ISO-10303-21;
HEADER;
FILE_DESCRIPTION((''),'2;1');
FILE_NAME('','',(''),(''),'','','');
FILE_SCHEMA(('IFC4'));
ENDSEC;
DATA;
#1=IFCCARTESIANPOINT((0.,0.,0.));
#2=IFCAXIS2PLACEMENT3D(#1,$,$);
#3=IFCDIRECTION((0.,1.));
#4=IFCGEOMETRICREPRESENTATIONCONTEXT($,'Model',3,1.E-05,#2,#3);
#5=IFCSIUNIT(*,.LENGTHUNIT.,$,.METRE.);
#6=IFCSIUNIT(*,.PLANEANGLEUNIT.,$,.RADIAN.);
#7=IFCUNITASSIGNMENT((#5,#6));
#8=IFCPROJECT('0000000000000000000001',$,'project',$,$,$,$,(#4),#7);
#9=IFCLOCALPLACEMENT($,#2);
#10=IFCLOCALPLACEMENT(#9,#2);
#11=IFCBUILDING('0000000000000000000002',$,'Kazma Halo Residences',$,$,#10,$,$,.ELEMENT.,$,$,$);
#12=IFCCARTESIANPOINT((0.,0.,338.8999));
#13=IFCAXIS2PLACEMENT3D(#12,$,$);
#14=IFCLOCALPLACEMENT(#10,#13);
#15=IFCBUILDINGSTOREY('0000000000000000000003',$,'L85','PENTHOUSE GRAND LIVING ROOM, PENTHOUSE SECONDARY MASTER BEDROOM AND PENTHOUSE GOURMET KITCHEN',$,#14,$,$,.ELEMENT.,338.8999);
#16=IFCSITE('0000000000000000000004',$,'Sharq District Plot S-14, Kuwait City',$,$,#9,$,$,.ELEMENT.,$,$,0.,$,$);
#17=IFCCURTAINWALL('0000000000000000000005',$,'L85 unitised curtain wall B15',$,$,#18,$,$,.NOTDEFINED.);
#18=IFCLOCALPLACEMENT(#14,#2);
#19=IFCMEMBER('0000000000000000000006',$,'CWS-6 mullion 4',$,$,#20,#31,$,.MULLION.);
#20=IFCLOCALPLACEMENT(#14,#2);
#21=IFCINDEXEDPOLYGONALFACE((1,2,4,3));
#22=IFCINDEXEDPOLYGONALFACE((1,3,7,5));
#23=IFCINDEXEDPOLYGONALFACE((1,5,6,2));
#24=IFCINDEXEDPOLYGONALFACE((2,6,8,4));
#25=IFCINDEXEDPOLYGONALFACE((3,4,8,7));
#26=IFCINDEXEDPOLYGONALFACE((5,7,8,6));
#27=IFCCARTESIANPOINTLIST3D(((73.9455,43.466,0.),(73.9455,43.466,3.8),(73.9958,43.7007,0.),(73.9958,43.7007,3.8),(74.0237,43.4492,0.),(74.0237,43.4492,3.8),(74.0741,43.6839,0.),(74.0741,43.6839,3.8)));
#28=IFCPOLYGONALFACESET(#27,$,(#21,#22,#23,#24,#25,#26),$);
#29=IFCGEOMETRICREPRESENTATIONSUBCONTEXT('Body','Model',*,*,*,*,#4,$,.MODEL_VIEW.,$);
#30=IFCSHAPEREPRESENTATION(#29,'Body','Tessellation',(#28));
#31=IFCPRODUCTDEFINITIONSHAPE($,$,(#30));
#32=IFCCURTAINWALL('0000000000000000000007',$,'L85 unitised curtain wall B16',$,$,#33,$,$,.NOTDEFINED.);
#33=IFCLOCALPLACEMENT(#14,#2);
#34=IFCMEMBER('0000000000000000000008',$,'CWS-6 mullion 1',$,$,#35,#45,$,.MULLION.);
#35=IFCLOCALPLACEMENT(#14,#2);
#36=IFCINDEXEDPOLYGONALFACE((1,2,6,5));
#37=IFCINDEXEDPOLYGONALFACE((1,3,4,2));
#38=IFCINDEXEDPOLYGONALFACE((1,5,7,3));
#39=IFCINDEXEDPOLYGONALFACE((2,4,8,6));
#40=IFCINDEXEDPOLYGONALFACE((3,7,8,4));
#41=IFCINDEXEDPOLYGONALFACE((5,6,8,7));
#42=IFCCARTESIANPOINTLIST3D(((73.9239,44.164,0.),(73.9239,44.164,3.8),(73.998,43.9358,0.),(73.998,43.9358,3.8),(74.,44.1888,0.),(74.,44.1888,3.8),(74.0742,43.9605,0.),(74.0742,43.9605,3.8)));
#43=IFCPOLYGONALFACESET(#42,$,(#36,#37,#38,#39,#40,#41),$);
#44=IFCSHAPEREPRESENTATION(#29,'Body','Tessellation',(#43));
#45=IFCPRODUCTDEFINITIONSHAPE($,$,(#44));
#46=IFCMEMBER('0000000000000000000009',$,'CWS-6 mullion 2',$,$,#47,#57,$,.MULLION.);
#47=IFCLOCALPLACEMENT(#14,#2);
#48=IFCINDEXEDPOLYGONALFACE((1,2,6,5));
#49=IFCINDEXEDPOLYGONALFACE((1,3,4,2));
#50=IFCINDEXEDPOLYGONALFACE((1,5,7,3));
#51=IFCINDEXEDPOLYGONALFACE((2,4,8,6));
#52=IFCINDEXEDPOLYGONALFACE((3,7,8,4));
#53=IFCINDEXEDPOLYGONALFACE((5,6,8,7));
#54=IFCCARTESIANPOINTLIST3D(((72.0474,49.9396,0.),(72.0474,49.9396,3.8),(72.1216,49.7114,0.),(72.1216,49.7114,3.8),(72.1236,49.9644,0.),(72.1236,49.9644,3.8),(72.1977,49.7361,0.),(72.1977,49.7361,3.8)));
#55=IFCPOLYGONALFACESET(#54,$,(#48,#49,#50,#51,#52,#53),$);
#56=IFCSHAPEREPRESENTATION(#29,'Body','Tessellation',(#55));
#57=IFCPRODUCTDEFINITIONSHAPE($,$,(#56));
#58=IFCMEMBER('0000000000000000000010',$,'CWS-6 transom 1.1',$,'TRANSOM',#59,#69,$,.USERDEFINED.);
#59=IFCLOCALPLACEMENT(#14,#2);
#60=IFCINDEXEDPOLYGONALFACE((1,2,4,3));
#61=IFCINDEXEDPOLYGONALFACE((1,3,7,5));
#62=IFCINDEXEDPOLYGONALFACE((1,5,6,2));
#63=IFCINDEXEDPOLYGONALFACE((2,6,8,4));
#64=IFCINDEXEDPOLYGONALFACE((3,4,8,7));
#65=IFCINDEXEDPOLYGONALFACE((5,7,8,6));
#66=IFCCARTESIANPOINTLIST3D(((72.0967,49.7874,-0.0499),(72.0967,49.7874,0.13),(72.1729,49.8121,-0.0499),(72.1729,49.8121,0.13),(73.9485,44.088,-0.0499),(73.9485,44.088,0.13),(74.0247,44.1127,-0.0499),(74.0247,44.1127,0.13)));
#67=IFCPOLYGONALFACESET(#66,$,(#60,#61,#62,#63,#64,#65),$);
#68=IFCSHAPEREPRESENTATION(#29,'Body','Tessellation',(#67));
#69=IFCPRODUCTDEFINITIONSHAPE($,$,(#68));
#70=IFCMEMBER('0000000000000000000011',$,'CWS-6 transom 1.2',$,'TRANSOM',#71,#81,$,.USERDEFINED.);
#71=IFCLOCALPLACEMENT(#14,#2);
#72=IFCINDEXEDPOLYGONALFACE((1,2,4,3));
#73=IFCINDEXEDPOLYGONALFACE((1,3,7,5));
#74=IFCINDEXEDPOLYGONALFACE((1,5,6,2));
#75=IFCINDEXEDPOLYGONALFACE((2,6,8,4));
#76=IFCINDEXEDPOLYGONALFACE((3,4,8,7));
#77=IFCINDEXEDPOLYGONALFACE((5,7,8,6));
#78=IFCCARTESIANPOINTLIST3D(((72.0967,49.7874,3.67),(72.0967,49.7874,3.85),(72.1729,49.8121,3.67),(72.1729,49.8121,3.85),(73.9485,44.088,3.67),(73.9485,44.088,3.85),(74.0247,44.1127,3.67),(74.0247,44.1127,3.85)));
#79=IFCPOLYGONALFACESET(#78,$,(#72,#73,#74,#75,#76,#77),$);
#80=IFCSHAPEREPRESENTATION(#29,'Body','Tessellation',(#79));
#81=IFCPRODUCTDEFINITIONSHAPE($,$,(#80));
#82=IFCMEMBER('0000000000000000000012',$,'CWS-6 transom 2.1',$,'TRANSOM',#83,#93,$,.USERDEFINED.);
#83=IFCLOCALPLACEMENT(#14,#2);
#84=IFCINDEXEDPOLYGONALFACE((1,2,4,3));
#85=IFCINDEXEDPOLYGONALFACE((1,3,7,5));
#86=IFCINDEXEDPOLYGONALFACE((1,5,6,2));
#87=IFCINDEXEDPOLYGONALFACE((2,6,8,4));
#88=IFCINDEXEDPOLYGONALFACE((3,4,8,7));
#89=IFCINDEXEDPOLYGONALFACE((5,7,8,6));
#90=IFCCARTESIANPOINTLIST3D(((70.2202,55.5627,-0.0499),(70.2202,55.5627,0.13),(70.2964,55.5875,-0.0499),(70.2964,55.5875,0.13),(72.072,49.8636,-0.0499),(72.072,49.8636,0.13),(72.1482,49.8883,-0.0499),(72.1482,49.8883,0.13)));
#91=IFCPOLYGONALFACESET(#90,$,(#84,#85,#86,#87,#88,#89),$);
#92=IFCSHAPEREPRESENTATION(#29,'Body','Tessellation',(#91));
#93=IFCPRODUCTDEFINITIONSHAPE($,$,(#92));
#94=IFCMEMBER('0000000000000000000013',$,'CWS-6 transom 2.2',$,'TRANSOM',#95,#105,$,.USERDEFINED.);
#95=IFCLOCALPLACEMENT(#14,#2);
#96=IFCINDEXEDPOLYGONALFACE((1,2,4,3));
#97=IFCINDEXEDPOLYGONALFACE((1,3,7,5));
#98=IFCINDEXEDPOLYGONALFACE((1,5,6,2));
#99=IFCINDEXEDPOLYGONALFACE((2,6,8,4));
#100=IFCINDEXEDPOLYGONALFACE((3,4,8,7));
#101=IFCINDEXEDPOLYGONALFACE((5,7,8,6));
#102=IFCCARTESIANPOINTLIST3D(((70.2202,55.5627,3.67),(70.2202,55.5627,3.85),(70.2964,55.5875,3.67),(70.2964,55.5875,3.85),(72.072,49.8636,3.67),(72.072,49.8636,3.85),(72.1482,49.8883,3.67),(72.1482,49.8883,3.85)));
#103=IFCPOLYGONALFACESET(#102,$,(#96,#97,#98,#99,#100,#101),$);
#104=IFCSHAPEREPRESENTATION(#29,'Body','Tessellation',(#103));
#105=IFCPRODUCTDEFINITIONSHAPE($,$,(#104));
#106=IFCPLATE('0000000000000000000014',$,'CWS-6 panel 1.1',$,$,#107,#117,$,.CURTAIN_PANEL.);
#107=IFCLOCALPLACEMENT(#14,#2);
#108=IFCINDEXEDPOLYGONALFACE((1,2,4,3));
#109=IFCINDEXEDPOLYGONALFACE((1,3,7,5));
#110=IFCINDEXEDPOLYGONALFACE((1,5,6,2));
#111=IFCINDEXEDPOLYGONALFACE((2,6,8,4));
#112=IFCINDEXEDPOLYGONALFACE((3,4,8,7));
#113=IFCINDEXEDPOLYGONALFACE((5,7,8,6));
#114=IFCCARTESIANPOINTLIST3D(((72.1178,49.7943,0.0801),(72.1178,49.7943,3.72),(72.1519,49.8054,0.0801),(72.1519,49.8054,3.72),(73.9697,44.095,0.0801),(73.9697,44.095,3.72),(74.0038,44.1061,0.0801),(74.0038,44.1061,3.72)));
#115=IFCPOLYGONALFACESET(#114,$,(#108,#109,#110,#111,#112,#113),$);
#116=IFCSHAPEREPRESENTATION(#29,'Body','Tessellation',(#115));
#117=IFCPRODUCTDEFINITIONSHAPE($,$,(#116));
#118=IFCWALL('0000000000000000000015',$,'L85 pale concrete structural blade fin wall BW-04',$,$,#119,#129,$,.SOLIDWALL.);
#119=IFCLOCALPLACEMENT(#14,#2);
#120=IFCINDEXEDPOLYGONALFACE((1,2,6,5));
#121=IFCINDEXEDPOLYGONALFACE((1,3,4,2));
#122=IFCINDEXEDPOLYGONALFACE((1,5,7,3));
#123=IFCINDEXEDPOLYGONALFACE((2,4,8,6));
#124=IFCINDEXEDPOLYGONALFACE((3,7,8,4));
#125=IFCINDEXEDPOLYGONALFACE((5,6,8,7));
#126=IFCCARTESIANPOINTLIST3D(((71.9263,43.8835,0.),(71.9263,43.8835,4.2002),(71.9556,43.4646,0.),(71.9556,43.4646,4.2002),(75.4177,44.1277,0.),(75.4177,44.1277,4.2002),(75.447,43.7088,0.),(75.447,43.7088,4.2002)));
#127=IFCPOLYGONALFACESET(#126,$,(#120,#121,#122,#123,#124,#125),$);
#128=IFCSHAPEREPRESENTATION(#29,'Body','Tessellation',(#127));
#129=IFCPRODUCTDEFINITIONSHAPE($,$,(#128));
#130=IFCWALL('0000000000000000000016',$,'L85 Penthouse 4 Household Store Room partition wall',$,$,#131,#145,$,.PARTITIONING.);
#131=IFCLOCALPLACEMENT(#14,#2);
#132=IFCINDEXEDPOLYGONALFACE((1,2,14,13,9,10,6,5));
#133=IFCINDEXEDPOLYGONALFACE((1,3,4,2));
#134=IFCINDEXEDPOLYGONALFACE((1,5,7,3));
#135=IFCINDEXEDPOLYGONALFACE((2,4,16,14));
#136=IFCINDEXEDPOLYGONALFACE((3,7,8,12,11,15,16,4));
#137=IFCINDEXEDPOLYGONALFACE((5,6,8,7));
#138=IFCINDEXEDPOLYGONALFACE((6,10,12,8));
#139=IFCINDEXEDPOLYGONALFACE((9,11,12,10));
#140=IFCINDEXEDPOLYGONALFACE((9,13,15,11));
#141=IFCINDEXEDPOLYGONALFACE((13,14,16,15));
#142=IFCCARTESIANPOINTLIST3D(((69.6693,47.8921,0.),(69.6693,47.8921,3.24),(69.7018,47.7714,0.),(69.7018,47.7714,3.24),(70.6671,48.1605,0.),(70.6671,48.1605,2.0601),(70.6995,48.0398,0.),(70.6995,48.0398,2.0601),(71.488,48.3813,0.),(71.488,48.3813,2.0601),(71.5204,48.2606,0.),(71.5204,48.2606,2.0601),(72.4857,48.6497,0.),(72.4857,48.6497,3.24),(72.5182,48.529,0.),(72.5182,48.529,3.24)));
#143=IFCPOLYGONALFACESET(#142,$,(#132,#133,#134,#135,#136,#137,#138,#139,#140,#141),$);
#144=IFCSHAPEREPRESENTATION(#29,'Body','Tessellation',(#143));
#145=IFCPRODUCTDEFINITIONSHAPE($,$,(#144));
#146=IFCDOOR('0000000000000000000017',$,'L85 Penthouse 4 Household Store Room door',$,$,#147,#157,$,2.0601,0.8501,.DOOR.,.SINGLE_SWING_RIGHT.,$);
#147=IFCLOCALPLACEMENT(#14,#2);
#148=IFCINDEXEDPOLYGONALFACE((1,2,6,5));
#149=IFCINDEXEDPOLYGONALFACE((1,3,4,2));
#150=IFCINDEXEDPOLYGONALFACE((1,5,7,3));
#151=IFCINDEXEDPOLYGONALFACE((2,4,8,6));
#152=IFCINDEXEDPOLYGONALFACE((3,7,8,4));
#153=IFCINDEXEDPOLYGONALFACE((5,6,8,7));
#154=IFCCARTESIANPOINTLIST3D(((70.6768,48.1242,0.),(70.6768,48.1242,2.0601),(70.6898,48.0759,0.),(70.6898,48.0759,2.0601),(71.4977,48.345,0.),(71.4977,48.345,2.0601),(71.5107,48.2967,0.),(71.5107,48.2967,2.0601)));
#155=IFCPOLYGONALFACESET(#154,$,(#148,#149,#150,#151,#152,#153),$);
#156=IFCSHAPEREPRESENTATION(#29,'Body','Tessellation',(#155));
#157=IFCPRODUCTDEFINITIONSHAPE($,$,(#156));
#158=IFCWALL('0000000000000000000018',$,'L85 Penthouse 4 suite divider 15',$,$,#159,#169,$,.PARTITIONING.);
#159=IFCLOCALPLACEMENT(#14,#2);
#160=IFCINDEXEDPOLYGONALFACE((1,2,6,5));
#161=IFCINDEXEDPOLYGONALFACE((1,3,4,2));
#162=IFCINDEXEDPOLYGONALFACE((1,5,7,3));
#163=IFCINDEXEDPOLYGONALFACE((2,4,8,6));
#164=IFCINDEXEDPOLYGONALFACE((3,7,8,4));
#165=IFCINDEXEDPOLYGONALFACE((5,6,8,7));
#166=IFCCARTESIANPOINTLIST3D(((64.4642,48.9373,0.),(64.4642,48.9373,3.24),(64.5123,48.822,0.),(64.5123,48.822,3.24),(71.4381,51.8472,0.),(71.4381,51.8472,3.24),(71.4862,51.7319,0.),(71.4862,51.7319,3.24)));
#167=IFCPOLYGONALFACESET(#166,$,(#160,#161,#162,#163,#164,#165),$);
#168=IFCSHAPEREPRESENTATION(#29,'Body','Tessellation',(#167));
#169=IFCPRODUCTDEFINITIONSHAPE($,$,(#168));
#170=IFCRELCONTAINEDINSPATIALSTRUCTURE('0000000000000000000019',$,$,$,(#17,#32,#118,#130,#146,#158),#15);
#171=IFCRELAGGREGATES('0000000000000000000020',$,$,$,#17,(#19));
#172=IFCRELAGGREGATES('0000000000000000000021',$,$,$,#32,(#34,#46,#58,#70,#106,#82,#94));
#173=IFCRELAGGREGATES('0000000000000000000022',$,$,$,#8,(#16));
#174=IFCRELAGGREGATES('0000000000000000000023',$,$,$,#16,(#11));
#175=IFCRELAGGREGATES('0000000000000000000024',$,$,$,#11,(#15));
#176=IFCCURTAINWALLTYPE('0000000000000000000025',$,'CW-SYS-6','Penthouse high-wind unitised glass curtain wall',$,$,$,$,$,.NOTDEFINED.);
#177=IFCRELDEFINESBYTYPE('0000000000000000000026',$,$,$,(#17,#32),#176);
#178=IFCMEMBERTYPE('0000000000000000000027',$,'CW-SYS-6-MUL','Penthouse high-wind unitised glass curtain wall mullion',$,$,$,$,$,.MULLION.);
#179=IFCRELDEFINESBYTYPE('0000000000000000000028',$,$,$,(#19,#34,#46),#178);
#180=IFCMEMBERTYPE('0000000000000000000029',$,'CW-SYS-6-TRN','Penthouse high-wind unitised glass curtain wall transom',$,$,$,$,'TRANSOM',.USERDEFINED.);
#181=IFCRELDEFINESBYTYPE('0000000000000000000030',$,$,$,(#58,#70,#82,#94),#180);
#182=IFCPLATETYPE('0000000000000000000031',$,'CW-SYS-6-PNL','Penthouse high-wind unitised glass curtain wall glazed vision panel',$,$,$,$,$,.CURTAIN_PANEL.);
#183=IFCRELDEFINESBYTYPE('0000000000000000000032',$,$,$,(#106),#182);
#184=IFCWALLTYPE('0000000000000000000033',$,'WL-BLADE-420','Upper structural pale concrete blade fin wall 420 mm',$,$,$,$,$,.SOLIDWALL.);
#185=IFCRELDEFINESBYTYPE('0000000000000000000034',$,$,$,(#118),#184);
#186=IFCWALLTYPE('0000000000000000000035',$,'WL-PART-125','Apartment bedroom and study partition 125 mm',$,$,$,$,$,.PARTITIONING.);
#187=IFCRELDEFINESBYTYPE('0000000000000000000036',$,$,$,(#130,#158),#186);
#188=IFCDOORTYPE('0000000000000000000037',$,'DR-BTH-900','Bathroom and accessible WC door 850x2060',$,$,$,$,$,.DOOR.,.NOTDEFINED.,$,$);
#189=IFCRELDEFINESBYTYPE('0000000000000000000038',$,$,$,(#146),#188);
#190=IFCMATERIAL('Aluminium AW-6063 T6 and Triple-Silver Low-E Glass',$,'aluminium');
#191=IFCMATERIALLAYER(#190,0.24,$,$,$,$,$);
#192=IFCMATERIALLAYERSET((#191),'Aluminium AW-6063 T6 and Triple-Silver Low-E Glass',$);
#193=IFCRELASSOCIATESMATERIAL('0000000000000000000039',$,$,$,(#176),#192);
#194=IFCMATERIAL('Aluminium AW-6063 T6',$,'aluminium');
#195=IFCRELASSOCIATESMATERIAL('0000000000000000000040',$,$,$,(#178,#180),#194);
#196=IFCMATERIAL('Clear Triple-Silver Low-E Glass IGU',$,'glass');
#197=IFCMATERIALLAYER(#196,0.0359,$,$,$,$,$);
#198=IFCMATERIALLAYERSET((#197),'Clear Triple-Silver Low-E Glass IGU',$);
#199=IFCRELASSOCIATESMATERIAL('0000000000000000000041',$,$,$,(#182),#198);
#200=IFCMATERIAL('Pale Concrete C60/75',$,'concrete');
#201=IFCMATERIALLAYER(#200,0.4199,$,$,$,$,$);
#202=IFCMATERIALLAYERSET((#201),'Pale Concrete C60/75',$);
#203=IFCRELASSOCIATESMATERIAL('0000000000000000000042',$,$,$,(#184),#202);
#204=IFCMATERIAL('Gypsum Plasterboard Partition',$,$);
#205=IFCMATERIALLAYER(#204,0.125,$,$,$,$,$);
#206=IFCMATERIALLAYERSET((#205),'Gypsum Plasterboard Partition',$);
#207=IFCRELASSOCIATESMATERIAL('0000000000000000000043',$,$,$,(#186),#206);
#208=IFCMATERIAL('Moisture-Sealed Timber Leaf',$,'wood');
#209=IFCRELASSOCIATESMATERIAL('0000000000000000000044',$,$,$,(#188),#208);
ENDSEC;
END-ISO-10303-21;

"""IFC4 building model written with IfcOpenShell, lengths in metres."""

from ifc_helpers import new_model, si_unit, direction, frame, frame_2d, origin, origin_2d, place, context, subcontext, project, spatial, rectangle, extrude, material, layer, layer_set, material_profile, profile_set, type_object, element, fill, aggregate, save


model = new_model("IFC4")

# Units and contexts
model_context = context("Model", 3, precision=1e-05, world=origin(), true_north=direction((0.0, 1.0)))
body_context = subcontext(model_context, "Body", "Model", "MODEL_VIEW")
ifc_project = project(units=[si_unit("LENGTHUNIT", "METRE"), si_unit("PLANEANGLEUNIT", "RADIAN")], contexts=[model_context])

# Site, building, storey
site_placement = place(None, origin())
site = spatial("IfcSite", under=ifc_project, at=site_placement, Name="Sharq District Plot S-14, Kuwait City", CompositionType="ELEMENT", RefElevation=0.0)
building_placement = place(site_placement, origin())
building = spatial("IfcBuilding", under=site, at=building_placement, Name="Kazma Halo Residences", CompositionType="ELEMENT")
storey_placement = place(building_placement, frame((0.0, 0.0, 338.8999)))
storey = spatial("IfcBuildingStorey", under=building, at=storey_placement, Name="L85", Description="PENTHOUSE GRAND LIVING ROOM, PENTHOUSE SECONDARY MASTER BEDROOM AND PENTHOUSE GOURMET KITCHEN", CompositionType="ELEMENT", Elevation=338.8999)

# Curtain wall, member
ifc_material_1 = material(Name="Aluminium AW-6063 T6 and Triple-Silver Low-E Glass", Category="aluminium")
ifc_layer_1 = layer(ifc_material_1, 0.24)
ifc_layer_set_1 = layer_set([ifc_layer_1], Name="Aluminium AW-6063 T6 and Triple-Silver Low-E Glass")
curtain_wall_type = type_object("IfcCurtainWallType", Name="CW-SYS-6", Description="Penthouse high-wind unitised glass curtain wall", PredefinedType="NOTDEFINED", material=ifc_layer_set_1)
curtain_wall_1_placement = place(storey_placement, origin())
curtain_wall_1 = element("IfcCurtainWall", 1, at=curtain_wall_1_placement, inside=storey, type_object=curtain_wall_type, Name="L85 unitised curtain wall B15", PredefinedType="NOTDEFINED")
ifc_material_2 = material(Name="Aluminium AW-6063 T6", Category="aluminium")
ifc_material_profile_1 = material_profile(ifc_material_2, rectangle(XDim=0.0801, YDim=0.24, at=origin_2d()), Name="CWM-80x240")
ifc_profile_set_1 = profile_set([ifc_material_profile_1], Name="Aluminium AW-6063 T6")
member_type_1 = type_object("IfcMemberType", Name="CW-SYS-6-MUL", Description="Penthouse high-wind unitised glass curtain wall mullion", PredefinedType="MULLION", material=ifc_profile_set_1)
member_1_placement = place(storey_placement, frame((74.0098, 43.575, 0.0), z_axis=(0.0, 0.0, 1.0), x_axis=(-0.977761, 0.209723, 0.0)))
member_1 = element("IfcMember", 2, at=member_1_placement, type_object=member_type_1, Name="CWS-6 mullion 4", PredefinedType="MULLION", context=body_context, shape_type="SweptSolid", body=[
    extrude(rectangle(XDim=0.0801, YDim=0.24, at=origin_2d()), origin(), (0.0, 0.0, 1.0), 3.8),
])
aggregate(curtain_wall_1, [member_1])

# Curtain wall, members, plate
curtain_wall_2_placement = place(storey_placement, origin())
curtain_wall_2 = element("IfcCurtainWall", 3, at=curtain_wall_2_placement, inside=storey, type_object=curtain_wall_type, Name="L85 unitised curtain wall B16", PredefinedType="NOTDEFINED")
member_2_placement = place(storey_placement, frame((73.999, 44.0623, 0.0), z_axis=(0.0, 0.0, 1.0), x_axis=(-0.951056, -0.309019, 0.0)))
member_2 = element("IfcMember", 4, at=member_2_placement, type_object=member_type_1, Name="CWS-6 mullion 1", PredefinedType="MULLION", context=body_context, shape_type="SweptSolid", body=[
    extrude(rectangle(XDim=0.0801, YDim=0.24, at=origin_2d()), origin(), (0.0, 0.0, 1.0), 3.8),
])
member_3_placement = place(storey_placement, frame((72.1226, 49.8379, 0.0), z_axis=(0.0, 0.0, 1.0), x_axis=(-0.951056, -0.309019, 0.0)))
member_3 = element("IfcMember", 5, at=member_3_placement, type_object=member_type_1, Name="CWS-6 mullion 2", PredefinedType="MULLION", context=body_context, shape_type="SweptSolid", body=[
    extrude(rectangle(XDim=0.0801, YDim=0.24, at=origin_2d()), origin(), (0.0, 0.0, 1.0), 3.8),
])
ifc_material_profile_2 = material_profile(ifc_material_2, rectangle(XDim=0.0801, YDim=0.1799, at=origin_2d()), Name="CWT-80x180")
ifc_profile_set_2 = profile_set([ifc_material_profile_2], Name="Aluminium AW-6063 T6")
member_type_2 = type_object("IfcMemberType", Name="CW-SYS-6-TRN", Description="Penthouse high-wind unitised glass curtain wall transom", ElementType="TRANSOM", PredefinedType="USERDEFINED", material=ifc_profile_set_2)
member_4_placement = place(storey_placement, frame((73.9866, 44.1003, 0.04), z_axis=(-0.309008, 0.95106, 0.0), x_axis=(-0.95106, -0.309008, 0.0)))
member_4 = element("IfcMember", 6, at=member_4_placement, type_object=member_type_2, Name="CWS-6 transom 1.1", ObjectType="TRANSOM", PredefinedType="USERDEFINED", context=body_context, shape_type="SweptSolid", body=[
    extrude(rectangle(XDim=0.0801, YDim=0.1799, at=origin_2d()), origin(), (0.0, 0.0, 1.0), 5.9927),
])
member_5_placement = place(storey_placement, frame((73.9866, 44.1003, 3.76), z_axis=(-0.309008, 0.95106, 0.0), x_axis=(-0.95106, -0.309008, 0.0)))
member_5 = element("IfcMember", 7, at=member_5_placement, type_object=member_type_2, Name="CWS-6 transom 1.2", ObjectType="TRANSOM", PredefinedType="USERDEFINED", context=body_context, shape_type="SweptSolid", body=[
    extrude(rectangle(XDim=0.0801, YDim=0.1799, at=origin_2d()), origin(), (0.0, 0.0, 1.0), 5.9927),
])
member_6_placement = place(storey_placement, frame((72.1101, 49.876, 0.04), z_axis=(-0.30902, 0.951056, 0.0), x_axis=(-0.951056, -0.30902, 0.0)))
member_6 = element("IfcMember", 8, at=member_6_placement, type_object=member_type_2, Name="CWS-6 transom 2.1", ObjectType="TRANSOM", PredefinedType="USERDEFINED", context=body_context, shape_type="SweptSolid", body=[
    extrude(rectangle(XDim=0.0801, YDim=0.1799, at=origin_2d()), origin(), (0.0, 0.0, 1.0), 5.9924),
])
member_7_placement = place(storey_placement, frame((72.1101, 49.876, 3.76), z_axis=(-0.30902, 0.951056, 0.0), x_axis=(-0.951056, -0.30902, 0.0)))
member_7 = element("IfcMember", 9, at=member_7_placement, type_object=member_type_2, Name="CWS-6 transom 2.2", ObjectType="TRANSOM", PredefinedType="USERDEFINED", context=body_context, shape_type="SweptSolid", body=[
    extrude(rectangle(XDim=0.0801, YDim=0.1799, at=origin_2d()), origin(), (0.0, 0.0, 1.0), 5.9924),
])
ifc_material_3 = material(Name="Clear Triple-Silver Low-E Glass IGU", Category="glass")
ifc_layer_2 = layer(ifc_material_3, 0.0359)
ifc_layer_set_2 = layer_set([ifc_layer_2], Name="Clear Triple-Silver Low-E Glass IGU")
plate_type = type_object("IfcPlateType", Name="CW-SYS-6-PNL", Description="Penthouse high-wind unitised glass curtain wall glazed vision panel", PredefinedType="CURTAIN_PANEL", material=ifc_layer_set_2)
plate_placement = place(storey_placement, frame((73.0608, 46.9502, 0.0801), z_axis=(0.0, 0.0, 1.0), x_axis=(-0.309019, 0.951056, 0.0)))
plate = element("IfcPlate", 10, at=plate_placement, type_object=plate_type, Name="CWS-6 panel 1.1", PredefinedType="CURTAIN_PANEL", context=body_context, shape_type="SweptSolid", body=[
    extrude(rectangle(XDim=5.9927, YDim=0.0359, at=origin_2d()), origin(), (0.0, 0.0, 1.0), 3.6399),
])
aggregate(curtain_wall_2, [member_2, member_3, member_4, member_5, plate, member_6, member_7])

# Wall
ifc_material_4 = material(Name="Pale Concrete C60/75", Category="concrete")
ifc_layer_3 = layer(ifc_material_4, 0.4199)
ifc_layer_set_3 = layer_set([ifc_layer_3], Name="Pale Concrete C60/75")
wall_type_1 = type_object("IfcWallType", Name="WL-BLADE-420", Description="Upper structural pale concrete blade fin wall 420 mm", PredefinedType="SOLIDWALL", material=ifc_layer_set_3)
wall_1_placement = place(storey_placement, frame((71.9409, 43.6741, 0.0), z_axis=(0.0, 0.0, 1.0), x_axis=(0.997564, 0.069755, 0.0)))
element("IfcWall", 11, at=wall_1_placement, inside=storey, type_object=wall_type_1, Name="L85 pale concrete structural blade fin wall BW-04", PredefinedType="SOLIDWALL", context=body_context, shape_type="SweptSolid", body=[
    extrude(rectangle(XDim=3.5, YDim=0.4199, at=frame_2d((1.75, 0.0))), origin(), (0.0, 0.0, 1.0), 4.2002),
])

# Wall, opening, door
ifc_material_5 = material(Name="Gypsum Plasterboard Partition")
ifc_layer_4 = layer(ifc_material_5, 0.125)
ifc_layer_set_4 = layer_set([ifc_layer_4], Name="Gypsum Plasterboard Partition")
wall_type_2 = type_object("IfcWallType", Name="WL-PART-125", Description="Apartment bedroom and study partition 125 mm", PredefinedType="PARTITIONING", material=ifc_layer_set_4)
wall_2_placement = place(storey_placement, frame((69.6855, 47.8318, 0.0), z_axis=(0.0, 0.0, 1.0), x_axis=(0.965676, 0.259751, 0.0)))
wall_2 = element("IfcWall", 12, at=wall_2_placement, inside=storey, type_object=wall_type_2, Name="L85 Penthouse 4 Household Store Room partition wall", PredefinedType="PARTITIONING", context=body_context, shape_type="SweptSolid", body=[
    extrude(rectangle(XDim=2.9165, YDim=0.125, at=frame_2d((1.4583, 0.0))), origin(), (0.0, 0.0, 1.0), 3.24),
])
opening_1_placement = place(wall_2_placement, frame((1.0332, 0.0, 0.0)))
opening_1 = element("IfcOpeningElement", 13, at=opening_1_placement, cuts=wall_2, PredefinedType="OPENING", context=body_context, shape_type="SweptSolid", body=[
    extrude(rectangle(XDim=0.8501, YDim=2.0601, at=frame_2d((0.425, 1.03))), frame((0.0, 0.0725, 0.0), z_axis=(0.0, -1.0, 0.0), x_axis=(1.0, 0.0, 0.0)), (0.0, 0.0, 1.0), 0.145),
])
ifc_material_6 = material(Name="Moisture-Sealed Timber Leaf", Category="wood")
door_type = type_object("IfcDoorType", Name="DR-BTH-900", Description="Bathroom and accessible WC door 850x2060", OperationType="NOTDEFINED", PredefinedType="DOOR", material=ifc_material_6)
door_1_placement = place(opening_1_placement, origin())
door_1 = element("IfcDoor", 14, at=door_1_placement, inside=storey, type_object=door_type, Name="L85 Penthouse 4 Household Store Room door", OperationType="SINGLE_SWING_RIGHT", OverallHeight=2.0601, OverallWidth=0.8501, PredefinedType="DOOR", context=body_context, shape_type="SweptSolid", body=[
    extrude(rectangle(XDim=0.8501, YDim=2.0601, at=frame_2d((0.425, 1.03))), frame((0.0, 0.0249, 0.0), z_axis=(0.0, -1.0, 0.0), x_axis=(1.0, 0.0, 0.0)), (0.0, 0.0, 1.0), 0.05),
])
fill(opening_1, door_1)

# Wall
wall_3_placement = place(storey_placement, frame((64.4883, 48.8796, 0.0), z_axis=(0.0, 0.0, 1.0), x_axis=(0.922883, 0.385081, 0.0)))
element("IfcWall", 15, at=wall_3_placement, inside=storey, type_object=wall_type_2, Name="L85 Penthouse 4 suite divider 15", PredefinedType="PARTITIONING", context=body_context, shape_type="SweptSolid", body=[
    extrude(rectangle(XDim=7.5566, YDim=0.125, at=frame_2d((3.7783, 0.0))), origin(), (0.0, 0.0, 1.0), 3.24),
])

save(model, "model.ifc")
